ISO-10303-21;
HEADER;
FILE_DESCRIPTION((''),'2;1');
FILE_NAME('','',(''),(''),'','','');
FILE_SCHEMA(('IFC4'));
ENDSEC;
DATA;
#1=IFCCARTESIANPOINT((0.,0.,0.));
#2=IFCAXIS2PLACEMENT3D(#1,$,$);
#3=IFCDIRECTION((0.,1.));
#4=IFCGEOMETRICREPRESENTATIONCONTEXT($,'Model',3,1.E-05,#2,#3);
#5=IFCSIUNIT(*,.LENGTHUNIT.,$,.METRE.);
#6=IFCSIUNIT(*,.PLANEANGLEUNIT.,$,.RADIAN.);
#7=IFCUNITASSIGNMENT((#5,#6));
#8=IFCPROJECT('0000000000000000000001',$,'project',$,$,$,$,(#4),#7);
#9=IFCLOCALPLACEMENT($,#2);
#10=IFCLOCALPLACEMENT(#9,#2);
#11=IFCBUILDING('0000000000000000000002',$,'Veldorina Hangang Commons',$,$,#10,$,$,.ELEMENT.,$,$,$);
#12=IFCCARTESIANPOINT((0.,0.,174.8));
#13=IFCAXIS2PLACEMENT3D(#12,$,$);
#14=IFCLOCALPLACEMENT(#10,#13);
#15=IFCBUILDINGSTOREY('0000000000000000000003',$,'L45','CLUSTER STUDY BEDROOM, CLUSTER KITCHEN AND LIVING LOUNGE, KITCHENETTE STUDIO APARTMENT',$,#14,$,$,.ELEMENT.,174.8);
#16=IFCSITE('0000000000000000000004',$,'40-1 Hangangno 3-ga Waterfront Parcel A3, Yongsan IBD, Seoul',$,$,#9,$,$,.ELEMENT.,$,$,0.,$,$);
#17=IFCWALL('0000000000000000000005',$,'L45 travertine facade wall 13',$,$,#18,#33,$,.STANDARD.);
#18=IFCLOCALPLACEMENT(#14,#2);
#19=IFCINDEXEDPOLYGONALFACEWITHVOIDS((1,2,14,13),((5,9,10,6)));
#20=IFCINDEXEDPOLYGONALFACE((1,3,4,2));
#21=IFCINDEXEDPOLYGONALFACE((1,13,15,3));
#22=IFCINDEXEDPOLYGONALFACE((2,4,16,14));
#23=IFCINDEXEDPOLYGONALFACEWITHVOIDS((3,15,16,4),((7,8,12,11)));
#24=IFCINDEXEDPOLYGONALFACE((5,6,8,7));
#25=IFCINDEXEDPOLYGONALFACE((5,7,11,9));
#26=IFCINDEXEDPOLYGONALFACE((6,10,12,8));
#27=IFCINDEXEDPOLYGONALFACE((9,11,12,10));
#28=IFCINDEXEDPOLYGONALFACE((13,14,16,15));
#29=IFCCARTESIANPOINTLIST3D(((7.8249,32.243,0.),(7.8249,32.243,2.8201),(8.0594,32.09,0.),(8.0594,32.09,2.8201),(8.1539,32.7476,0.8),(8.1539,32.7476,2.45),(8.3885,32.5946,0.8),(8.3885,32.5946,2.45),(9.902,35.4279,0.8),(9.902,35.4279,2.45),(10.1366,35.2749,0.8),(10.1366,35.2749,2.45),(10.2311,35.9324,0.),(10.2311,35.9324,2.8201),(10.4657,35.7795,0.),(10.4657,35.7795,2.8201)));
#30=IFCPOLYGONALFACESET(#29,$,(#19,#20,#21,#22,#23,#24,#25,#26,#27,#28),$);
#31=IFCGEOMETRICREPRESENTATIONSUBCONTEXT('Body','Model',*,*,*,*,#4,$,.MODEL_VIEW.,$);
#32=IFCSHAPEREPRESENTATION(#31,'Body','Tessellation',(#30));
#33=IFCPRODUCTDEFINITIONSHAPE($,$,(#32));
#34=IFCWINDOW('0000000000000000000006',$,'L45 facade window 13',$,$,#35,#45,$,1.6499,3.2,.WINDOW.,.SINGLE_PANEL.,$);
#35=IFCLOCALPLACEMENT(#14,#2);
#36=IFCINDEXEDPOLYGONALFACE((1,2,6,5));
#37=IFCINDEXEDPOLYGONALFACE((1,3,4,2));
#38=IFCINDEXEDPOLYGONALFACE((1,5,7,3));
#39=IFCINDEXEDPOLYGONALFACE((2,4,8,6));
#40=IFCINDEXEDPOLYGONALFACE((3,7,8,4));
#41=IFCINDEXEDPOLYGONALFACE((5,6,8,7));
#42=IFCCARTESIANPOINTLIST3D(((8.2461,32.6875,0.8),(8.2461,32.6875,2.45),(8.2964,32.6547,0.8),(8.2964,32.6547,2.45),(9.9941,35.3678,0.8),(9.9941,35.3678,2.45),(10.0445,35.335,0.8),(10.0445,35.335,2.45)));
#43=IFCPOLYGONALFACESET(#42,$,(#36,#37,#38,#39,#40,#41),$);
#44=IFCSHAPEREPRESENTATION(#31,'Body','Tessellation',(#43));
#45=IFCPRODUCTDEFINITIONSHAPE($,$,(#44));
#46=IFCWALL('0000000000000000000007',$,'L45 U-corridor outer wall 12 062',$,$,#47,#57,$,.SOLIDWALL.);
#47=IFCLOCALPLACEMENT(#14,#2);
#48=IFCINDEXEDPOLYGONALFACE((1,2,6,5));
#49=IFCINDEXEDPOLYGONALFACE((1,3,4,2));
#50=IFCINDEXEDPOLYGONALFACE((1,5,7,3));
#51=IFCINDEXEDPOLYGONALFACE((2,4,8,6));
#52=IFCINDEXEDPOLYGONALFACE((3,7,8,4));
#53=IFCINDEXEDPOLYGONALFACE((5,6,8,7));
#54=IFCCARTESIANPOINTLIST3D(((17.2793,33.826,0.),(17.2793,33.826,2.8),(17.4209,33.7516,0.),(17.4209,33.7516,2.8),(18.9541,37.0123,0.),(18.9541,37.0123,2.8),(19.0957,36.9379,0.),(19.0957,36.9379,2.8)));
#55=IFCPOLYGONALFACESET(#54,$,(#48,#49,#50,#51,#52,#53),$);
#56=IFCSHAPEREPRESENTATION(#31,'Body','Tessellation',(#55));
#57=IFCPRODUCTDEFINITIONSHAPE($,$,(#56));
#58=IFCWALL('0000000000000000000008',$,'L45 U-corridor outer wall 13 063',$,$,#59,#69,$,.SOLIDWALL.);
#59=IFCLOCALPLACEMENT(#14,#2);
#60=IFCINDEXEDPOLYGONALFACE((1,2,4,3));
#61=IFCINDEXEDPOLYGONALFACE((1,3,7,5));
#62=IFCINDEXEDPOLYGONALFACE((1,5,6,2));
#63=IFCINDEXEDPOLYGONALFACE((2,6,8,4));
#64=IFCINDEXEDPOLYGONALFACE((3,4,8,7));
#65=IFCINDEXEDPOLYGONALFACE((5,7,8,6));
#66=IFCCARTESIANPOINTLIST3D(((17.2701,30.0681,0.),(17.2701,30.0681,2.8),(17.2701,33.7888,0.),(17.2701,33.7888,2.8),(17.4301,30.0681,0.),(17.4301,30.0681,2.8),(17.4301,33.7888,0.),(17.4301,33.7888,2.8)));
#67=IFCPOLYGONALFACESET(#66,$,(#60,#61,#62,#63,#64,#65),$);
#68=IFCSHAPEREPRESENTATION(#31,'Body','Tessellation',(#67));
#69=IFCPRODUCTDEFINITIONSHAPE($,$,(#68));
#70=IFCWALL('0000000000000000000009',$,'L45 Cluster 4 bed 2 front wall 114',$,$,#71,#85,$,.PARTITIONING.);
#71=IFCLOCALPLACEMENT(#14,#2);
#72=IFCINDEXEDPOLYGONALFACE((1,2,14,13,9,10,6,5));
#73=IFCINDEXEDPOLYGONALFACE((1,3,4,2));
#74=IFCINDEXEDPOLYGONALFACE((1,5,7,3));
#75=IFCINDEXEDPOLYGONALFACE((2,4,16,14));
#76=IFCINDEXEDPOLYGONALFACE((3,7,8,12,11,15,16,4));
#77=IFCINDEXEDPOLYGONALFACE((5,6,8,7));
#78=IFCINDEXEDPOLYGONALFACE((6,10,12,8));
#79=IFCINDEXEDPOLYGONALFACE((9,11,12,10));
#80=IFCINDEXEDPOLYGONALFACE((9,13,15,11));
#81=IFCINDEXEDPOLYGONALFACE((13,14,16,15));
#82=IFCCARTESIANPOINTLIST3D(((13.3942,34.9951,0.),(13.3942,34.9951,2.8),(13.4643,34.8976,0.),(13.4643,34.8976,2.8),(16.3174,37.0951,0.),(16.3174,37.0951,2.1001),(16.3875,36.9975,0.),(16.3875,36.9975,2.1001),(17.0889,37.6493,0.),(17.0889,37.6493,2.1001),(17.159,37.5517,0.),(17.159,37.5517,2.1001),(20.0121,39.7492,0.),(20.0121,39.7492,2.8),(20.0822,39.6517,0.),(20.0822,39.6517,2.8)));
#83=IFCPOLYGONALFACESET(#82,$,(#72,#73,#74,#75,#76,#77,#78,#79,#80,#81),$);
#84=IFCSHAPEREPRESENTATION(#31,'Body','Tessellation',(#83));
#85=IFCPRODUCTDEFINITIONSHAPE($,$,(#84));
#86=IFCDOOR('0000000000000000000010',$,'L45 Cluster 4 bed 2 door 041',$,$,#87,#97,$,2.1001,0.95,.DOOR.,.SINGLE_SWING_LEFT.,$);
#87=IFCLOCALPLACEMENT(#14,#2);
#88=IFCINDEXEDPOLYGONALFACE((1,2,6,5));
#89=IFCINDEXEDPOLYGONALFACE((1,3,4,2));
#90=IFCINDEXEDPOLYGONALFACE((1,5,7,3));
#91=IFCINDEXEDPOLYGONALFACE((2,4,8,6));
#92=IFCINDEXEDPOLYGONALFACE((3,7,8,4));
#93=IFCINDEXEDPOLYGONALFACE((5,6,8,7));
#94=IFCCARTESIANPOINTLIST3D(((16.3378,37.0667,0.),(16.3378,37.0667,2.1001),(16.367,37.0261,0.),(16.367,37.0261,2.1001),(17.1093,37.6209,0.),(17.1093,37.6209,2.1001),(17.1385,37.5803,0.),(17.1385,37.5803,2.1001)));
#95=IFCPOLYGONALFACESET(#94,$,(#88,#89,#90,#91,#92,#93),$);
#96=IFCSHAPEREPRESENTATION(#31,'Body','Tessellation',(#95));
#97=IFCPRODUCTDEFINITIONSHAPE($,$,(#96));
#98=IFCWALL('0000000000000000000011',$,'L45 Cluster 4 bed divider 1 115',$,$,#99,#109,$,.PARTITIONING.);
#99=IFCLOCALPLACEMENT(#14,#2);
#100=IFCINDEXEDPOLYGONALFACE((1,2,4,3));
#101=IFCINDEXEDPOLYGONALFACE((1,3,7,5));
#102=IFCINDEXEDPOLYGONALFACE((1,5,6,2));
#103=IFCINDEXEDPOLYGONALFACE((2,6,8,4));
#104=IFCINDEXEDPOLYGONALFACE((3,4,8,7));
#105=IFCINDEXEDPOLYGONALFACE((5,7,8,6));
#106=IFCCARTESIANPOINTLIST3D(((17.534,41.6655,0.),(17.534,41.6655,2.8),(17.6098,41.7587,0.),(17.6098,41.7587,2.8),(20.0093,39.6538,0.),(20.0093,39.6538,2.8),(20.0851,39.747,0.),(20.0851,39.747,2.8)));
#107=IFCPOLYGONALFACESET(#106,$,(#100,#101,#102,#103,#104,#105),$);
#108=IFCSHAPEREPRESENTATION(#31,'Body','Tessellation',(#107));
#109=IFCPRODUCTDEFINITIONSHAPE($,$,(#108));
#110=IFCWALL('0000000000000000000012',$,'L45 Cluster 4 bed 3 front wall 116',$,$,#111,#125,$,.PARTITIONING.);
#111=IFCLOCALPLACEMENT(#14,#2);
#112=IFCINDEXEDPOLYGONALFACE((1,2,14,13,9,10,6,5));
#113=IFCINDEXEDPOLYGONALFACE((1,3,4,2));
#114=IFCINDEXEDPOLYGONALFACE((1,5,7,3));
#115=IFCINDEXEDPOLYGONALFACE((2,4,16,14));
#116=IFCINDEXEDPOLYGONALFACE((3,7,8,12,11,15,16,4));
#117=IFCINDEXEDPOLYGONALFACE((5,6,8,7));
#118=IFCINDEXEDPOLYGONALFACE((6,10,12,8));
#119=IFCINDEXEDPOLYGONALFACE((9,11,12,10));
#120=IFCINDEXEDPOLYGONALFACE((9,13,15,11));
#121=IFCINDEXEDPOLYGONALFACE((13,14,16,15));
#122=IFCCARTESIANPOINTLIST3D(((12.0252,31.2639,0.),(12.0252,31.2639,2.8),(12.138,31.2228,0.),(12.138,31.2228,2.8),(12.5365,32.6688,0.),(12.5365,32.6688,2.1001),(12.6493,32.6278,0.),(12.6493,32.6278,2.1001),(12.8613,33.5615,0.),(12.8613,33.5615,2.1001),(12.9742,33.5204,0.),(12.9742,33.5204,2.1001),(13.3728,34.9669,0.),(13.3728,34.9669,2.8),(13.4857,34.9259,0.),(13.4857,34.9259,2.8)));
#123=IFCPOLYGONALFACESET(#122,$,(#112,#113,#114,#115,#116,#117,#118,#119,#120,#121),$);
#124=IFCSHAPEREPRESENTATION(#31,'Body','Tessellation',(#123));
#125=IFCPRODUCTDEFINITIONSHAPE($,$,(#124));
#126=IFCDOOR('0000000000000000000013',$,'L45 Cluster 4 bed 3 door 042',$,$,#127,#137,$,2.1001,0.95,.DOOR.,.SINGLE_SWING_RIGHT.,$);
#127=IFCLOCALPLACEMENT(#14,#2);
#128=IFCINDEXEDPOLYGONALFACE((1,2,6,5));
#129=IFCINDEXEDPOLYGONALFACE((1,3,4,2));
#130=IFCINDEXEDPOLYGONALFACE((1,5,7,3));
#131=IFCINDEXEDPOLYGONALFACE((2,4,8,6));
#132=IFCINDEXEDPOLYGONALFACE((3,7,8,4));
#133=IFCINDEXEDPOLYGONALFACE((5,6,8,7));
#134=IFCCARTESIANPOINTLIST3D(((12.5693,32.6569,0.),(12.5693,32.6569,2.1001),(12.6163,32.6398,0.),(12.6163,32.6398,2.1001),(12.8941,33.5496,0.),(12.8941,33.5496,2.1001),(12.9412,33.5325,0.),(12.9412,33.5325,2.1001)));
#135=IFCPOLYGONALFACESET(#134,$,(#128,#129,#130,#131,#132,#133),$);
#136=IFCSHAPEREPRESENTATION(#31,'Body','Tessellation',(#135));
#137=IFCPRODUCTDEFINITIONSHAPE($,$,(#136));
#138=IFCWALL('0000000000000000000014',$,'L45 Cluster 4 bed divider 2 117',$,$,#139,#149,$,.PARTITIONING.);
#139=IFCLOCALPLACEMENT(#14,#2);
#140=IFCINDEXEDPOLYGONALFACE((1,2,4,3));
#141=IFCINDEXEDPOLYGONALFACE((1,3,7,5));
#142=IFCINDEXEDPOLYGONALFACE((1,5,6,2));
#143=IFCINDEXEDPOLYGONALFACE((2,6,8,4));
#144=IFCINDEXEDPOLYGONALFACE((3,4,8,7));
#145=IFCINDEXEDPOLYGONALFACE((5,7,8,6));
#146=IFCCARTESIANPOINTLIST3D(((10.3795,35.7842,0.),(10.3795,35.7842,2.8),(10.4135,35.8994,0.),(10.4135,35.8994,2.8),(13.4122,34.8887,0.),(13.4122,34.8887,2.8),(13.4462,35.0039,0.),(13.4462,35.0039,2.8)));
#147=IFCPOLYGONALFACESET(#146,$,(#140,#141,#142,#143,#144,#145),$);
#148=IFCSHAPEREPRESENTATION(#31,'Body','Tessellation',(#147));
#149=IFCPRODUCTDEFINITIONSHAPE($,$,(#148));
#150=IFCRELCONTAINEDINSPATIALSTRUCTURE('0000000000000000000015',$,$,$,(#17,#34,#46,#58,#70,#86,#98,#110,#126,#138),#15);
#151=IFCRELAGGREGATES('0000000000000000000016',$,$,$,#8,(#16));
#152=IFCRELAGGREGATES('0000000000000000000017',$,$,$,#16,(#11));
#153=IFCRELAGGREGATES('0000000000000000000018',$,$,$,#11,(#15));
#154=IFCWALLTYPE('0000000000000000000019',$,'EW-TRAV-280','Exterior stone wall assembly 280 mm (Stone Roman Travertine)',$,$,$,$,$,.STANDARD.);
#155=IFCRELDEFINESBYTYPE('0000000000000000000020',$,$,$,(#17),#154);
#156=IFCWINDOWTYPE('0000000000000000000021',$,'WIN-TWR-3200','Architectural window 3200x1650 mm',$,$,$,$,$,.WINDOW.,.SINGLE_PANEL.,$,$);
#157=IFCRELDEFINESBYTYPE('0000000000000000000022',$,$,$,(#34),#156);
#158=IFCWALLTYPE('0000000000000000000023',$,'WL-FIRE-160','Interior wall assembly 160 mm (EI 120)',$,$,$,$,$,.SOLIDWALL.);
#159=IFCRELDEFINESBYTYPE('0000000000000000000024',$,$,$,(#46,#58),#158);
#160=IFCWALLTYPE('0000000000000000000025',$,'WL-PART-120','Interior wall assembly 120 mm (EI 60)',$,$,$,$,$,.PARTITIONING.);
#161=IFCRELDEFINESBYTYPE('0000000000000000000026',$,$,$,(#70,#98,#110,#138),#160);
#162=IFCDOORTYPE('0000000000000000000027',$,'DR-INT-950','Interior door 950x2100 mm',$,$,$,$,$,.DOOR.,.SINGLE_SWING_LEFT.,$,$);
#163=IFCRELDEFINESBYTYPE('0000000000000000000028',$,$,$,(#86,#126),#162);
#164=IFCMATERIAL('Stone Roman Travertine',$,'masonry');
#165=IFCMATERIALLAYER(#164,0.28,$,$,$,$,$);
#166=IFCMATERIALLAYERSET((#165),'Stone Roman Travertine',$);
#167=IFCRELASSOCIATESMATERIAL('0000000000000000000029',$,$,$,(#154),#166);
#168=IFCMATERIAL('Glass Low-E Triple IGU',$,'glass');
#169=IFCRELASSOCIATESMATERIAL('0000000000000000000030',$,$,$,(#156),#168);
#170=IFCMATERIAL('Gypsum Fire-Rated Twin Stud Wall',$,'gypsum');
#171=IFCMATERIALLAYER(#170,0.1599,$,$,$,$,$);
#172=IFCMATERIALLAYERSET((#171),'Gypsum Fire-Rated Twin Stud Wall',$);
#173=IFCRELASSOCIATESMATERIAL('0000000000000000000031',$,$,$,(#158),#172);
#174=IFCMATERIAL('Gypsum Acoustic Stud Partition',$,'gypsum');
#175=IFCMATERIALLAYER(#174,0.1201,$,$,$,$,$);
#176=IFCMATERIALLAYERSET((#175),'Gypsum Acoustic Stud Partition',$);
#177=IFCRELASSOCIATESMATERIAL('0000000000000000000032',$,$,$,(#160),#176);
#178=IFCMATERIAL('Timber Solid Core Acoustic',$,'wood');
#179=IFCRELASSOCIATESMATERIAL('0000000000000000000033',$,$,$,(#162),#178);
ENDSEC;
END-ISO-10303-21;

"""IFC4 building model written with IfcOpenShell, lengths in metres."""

from ifc_helpers import new_model, si_unit, direction, frame, frame_2d, origin, place, context, subcontext, project, spatial, rectangle, extrude, material, layer, layer_set, type_object, element, fill, save


model = new_model("IFC4")

# Units and contexts
model_context = context("Model", 3, precision=1e-05, world=origin(), true_north=direction((0.0, 1.0)))
body_context = subcontext(model_context, "Body", "Model", "MODEL_VIEW")
ifc_project = project(units=[si_unit("LENGTHUNIT", "METRE"), si_unit("PLANEANGLEUNIT", "RADIAN")], contexts=[model_context])

# Site, building, storey
site_placement = place(None, origin())
site = spatial("IfcSite", under=ifc_project, at=site_placement, Name="40-1 Hangangno 3-ga Waterfront Parcel A3, Yongsan IBD, Seoul", CompositionType="ELEMENT", RefElevation=0.0)
building_placement = place(site_placement, origin())
building = spatial("IfcBuilding", under=site, at=building_placement, Name="Veldorina Hangang Commons", CompositionType="ELEMENT")
storey_placement = place(building_placement, frame((0.0, 0.0, 174.8)))
storey = spatial("IfcBuildingStorey", under=building, at=storey_placement, Name="L45", Description="CLUSTER STUDY BEDROOM, CLUSTER KITCHEN AND LIVING LOUNGE, KITCHENETTE STUDIO APARTMENT", CompositionType="ELEMENT", Elevation=174.8)

# Shared definitions
ifc_material_1 = material(Name="Stone Roman Travertine", Category="masonry")
ifc_layer_1 = layer(ifc_material_1, 0.28)
ifc_layer_set_1 = layer_set([ifc_layer_1], Name="Stone Roman Travertine")
wall_type_1 = type_object("IfcWallType", Name="EW-TRAV-280", Description="Exterior stone wall assembly 280 mm (Stone Roman Travertine)", PredefinedType="STANDARD", material=ifc_layer_set_1)

# Wall, opening, window
ifc_material_2 = material(Name="Glass Low-E Triple IGU", Category="glass")
window_type = type_object("IfcWindowType", Name="WIN-TWR-3200", Description="Architectural window 3200x1650 mm", PartitioningType="SINGLE_PANEL", PredefinedType="WINDOW", material=ifc_material_2)
wall_1_placement = place(storey_placement, frame((10.3484, 35.856, 0.0), z_axis=(0.0, 0.0, 1.0), x_axis=(-0.546281, -0.837602, 0.0)))
wall_1 = element("IfcWall", 1, at=wall_1_placement, inside=storey, type_object=wall_type_1, Name="L45 travertine facade wall 13", PredefinedType="STANDARD", context=body_context, shape_type="SweptSolid", body=[
    extrude(rectangle(XDim=4.4048, YDim=0.28, at=frame_2d((2.2024, 0.0))), origin(), (0.0, 0.0, 1.0), 2.8201),
])
opening_1_placement = place(wall_1_placement, frame((0.6023, 0.0, 0.8)))
opening_1 = element("IfcOpeningElement", 2, at=opening_1_placement, cuts=wall_1, PredefinedType="OPENING", context=body_context, shape_type="SweptSolid", body=[
    extrude(rectangle(XDim=3.2, YDim=1.6499, at=frame_2d((1.6001, 0.825))), frame((0.0, 0.1499, 0.0), z_axis=(0.0, -1.0, 0.0), x_axis=(1.0, 0.0, 0.0)), (0.0, 0.0, 1.0), 0.3),
])
window_1_placement = place(opening_1_placement, origin())
window_1 = element("IfcWindow", 3, at=window_1_placement, inside=storey, type_object=window_type, Name="L45 facade window 13", OverallHeight=1.6499, OverallWidth=3.2, PartitioningType="SINGLE_PANEL", PredefinedType="WINDOW", context=body_context, shape_type="SweptSolid", body=[
    extrude(rectangle(XDim=3.2, YDim=1.6499, at=frame_2d((1.6001, 0.825))), frame((0.0, 0.03, 0.0), z_axis=(0.0, -1.0, 0.0), x_axis=(1.0, 0.0, 0.0)), (0.0, 0.0, 1.0), 0.0601),
])
fill(opening_1, window_1)

# Walls
ifc_material_3 = material(Name="Gypsum Fire-Rated Twin Stud Wall", Category="gypsum")
ifc_layer_2 = layer(ifc_material_3, 0.1599)
ifc_layer_set_2 = layer_set([ifc_layer_2], Name="Gypsum Fire-Rated Twin Stud Wall")
wall_type_2 = type_object("IfcWallType", Name="WL-FIRE-160", Description="Interior wall assembly 160 mm (EI 120)", PredefinedType="SOLIDWALL", material=ifc_layer_set_2)
wall_2_placement = place(storey_placement, frame((19.0249, 36.9751, 0.0), z_axis=(0.0, 0.0, 1.0), x_axis=(-0.465271, -0.885168, 0.0)))
element("IfcWall", 4, at=wall_2_placement, inside=storey, type_object=wall_type_2, Name="L45 U-corridor outer wall 12 062", PredefinedType="SOLIDWALL", context=body_context, shape_type="SweptSolid", body=[
    extrude(rectangle(XDim=3.5996, YDim=0.1599, at=frame_2d((1.7998, 0.0))), origin(), (0.0, 0.0, 1.0), 2.8),
])
wall_3_placement = place(storey_placement, frame((17.3501, 33.7888, 0.0), z_axis=(0.0, 0.0, 1.0), x_axis=(0.0, -1.0, 0.0)))
element("IfcWall", 5, at=wall_3_placement, inside=storey, type_object=wall_type_2, Name="L45 U-corridor outer wall 13 063", PredefinedType="SOLIDWALL", context=body_context, shape_type="SweptSolid", body=[
    extrude(rectangle(XDim=3.7207, YDim=0.1599, at=frame_2d((1.8604, 0.0))), origin(), (0.0, 0.0, 1.0), 2.8),
])

# Wall, opening, door
ifc_material_4 = material(Name="Gypsum Acoustic Stud Partition", Category="gypsum")
ifc_layer_3 = layer(ifc_material_4, 0.1201)
ifc_layer_set_3 = layer_set([ifc_layer_3], Name="Gypsum Acoustic Stud Partition")
wall_type_3 = type_object("IfcWallType", Name="WL-PART-120", Description="Interior wall assembly 120 mm (EI 60)", PredefinedType="PARTITIONING", material=ifc_layer_set_3)
wall_4_placement = place(storey_placement, frame((20.0471, 39.7004, 0.0), z_axis=(0.0, 0.0, 1.0), x_axis=(-0.81216, -0.583435, 0.0)))
wall_4 = element("IfcWall", 6, at=wall_4_placement, inside=storey, type_object=wall_type_3, Name="L45 Cluster 4 bed 2 front wall 114", PredefinedType="PARTITIONING", context=body_context, shape_type="SweptSolid", body=[
    extrude(rectangle(XDim=8.1484, YDim=0.1201, at=frame_2d((4.0742, 0.0))), origin(), (0.0, 0.0, 1.0), 2.8),
])
opening_2_placement = place(wall_4_placement, frame((3.5991, 0.0, 0.0)))
opening_2 = element("IfcOpeningElement", 7, at=opening_2_placement, cuts=wall_4, PredefinedType="OPENING", context=body_context, shape_type="SweptSolid", body=[
    extrude(rectangle(XDim=0.95, YDim=2.1001, at=frame_2d((0.4751, 1.05))), frame((0.0, 0.0701, 0.0), z_axis=(0.0, -1.0, 0.0), x_axis=(1.0, 0.0, 0.0)), (0.0, 0.0, 1.0), 0.1401),
])
ifc_material_5 = material(Name="Timber Solid Core Acoustic", Category="wood")
door_type = type_object("IfcDoorType", Name="DR-INT-950", Description="Interior door 950x2100 mm", OperationType="SINGLE_SWING_LEFT", PredefinedType="DOOR", material=ifc_material_5)
door_1_placement = place(opening_2_placement, origin())
door_1 = element("IfcDoor", 8, at=door_1_placement, inside=storey, type_object=door_type, Name="L45 Cluster 4 bed 2 door 041", OperationType="SINGLE_SWING_LEFT", OverallHeight=2.1001, OverallWidth=0.95, PredefinedType="DOOR", context=body_context, shape_type="SweptSolid", body=[
    extrude(rectangle(XDim=0.95, YDim=2.1001, at=frame_2d((0.4751, 1.05))), frame((0.0, 0.0249, 0.0), z_axis=(0.0, -1.0, 0.0), x_axis=(1.0, 0.0, 0.0)), (0.0, 0.0, 1.0), 0.05),
])
fill(opening_2, door_1)

# Wall
wall_5_placement = place(storey_placement, frame((20.0471, 39.7004, 0.0), z_axis=(0.0, 0.0, 1.0), x_axis=(-0.776037, 0.630688, 0.0)))
element("IfcWall", 9, at=wall_5_placement, inside=storey, type_object=wall_type_3, Name="L45 Cluster 4 bed divider 1 115", PredefinedType="PARTITIONING", context=body_context, shape_type="SweptSolid", body=[
    extrude(rectangle(XDim=3.1897, YDim=0.1201, at=frame_2d((1.5947, 0.0))), origin(), (0.0, 0.0, 1.0), 2.8),
])

# Wall, opening, door
wall_6_placement = place(storey_placement, frame((13.4292, 34.9463, 0.0), z_axis=(0.0, 0.0, 1.0), x_axis=(-0.341982, -0.939707, 0.0)))
wall_6 = element("IfcWall", 10, at=wall_6_placement, inside=storey, type_object=wall_type_3, Name="L45 Cluster 4 bed 3 front wall 116", PredefinedType="PARTITIONING", context=body_context, shape_type="SweptSolid", body=[
    extrude(rectangle(XDim=3.9407, YDim=0.1201, at=frame_2d((1.9702, 0.0))), origin(), (0.0, 0.0, 1.0), 2.8),
])
opening_3_placement = place(wall_6_placement, frame((1.4954, 0.0, 0.0)))
opening_3 = element("IfcOpeningElement", 11, at=opening_3_placement, cuts=wall_6, PredefinedType="OPENING", context=body_context, shape_type="SweptSolid", body=[
    extrude(rectangle(XDim=0.95, YDim=2.1001, at=frame_2d((0.4751, 1.05))), frame((0.0, 0.0701, 0.0), z_axis=(0.0, -1.0, 0.0), x_axis=(1.0, 0.0, 0.0)), (0.0, 0.0, 1.0), 0.1401),
])
door_2_placement = place(opening_3_placement, origin())
door_2 = element("IfcDoor", 12, at=door_2_placement, inside=storey, type_object=door_type, Name="L45 Cluster 4 bed 3 door 042", OperationType="SINGLE_SWING_RIGHT", OverallHeight=2.1001, OverallWidth=0.95, PredefinedType="DOOR", context=body_context, shape_type="SweptSolid", body=[
    extrude(rectangle(XDim=0.95, YDim=2.1001, at=frame_2d((0.4751, 1.05))), frame((0.0, 0.0249, 0.0), z_axis=(0.0, -1.0, 0.0), x_axis=(1.0, 0.0, 0.0)), (0.0, 0.0, 1.0), 0.05),
])
fill(opening_3, door_2)

# Wall
wall_7_placement = place(storey_placement, frame((13.4292, 34.9463, 0.0), z_axis=(0.0, 0.0, 1.0), x_axis=(-0.959063, 0.283194, 0.0)))
element("IfcWall", 13, at=wall_7_placement, inside=storey, type_object=wall_type_3, Name="L45 Cluster 4 bed divider 2 117", PredefinedType="PARTITIONING", context=body_context, shape_type="SweptSolid", body=[
    extrude(rectangle(XDim=3.1621, YDim=0.1201, at=frame_2d((1.5811, 0.0))), origin(), (0.0, 0.0, 1.0), 2.8),
])

save(model, "model.ifc")
